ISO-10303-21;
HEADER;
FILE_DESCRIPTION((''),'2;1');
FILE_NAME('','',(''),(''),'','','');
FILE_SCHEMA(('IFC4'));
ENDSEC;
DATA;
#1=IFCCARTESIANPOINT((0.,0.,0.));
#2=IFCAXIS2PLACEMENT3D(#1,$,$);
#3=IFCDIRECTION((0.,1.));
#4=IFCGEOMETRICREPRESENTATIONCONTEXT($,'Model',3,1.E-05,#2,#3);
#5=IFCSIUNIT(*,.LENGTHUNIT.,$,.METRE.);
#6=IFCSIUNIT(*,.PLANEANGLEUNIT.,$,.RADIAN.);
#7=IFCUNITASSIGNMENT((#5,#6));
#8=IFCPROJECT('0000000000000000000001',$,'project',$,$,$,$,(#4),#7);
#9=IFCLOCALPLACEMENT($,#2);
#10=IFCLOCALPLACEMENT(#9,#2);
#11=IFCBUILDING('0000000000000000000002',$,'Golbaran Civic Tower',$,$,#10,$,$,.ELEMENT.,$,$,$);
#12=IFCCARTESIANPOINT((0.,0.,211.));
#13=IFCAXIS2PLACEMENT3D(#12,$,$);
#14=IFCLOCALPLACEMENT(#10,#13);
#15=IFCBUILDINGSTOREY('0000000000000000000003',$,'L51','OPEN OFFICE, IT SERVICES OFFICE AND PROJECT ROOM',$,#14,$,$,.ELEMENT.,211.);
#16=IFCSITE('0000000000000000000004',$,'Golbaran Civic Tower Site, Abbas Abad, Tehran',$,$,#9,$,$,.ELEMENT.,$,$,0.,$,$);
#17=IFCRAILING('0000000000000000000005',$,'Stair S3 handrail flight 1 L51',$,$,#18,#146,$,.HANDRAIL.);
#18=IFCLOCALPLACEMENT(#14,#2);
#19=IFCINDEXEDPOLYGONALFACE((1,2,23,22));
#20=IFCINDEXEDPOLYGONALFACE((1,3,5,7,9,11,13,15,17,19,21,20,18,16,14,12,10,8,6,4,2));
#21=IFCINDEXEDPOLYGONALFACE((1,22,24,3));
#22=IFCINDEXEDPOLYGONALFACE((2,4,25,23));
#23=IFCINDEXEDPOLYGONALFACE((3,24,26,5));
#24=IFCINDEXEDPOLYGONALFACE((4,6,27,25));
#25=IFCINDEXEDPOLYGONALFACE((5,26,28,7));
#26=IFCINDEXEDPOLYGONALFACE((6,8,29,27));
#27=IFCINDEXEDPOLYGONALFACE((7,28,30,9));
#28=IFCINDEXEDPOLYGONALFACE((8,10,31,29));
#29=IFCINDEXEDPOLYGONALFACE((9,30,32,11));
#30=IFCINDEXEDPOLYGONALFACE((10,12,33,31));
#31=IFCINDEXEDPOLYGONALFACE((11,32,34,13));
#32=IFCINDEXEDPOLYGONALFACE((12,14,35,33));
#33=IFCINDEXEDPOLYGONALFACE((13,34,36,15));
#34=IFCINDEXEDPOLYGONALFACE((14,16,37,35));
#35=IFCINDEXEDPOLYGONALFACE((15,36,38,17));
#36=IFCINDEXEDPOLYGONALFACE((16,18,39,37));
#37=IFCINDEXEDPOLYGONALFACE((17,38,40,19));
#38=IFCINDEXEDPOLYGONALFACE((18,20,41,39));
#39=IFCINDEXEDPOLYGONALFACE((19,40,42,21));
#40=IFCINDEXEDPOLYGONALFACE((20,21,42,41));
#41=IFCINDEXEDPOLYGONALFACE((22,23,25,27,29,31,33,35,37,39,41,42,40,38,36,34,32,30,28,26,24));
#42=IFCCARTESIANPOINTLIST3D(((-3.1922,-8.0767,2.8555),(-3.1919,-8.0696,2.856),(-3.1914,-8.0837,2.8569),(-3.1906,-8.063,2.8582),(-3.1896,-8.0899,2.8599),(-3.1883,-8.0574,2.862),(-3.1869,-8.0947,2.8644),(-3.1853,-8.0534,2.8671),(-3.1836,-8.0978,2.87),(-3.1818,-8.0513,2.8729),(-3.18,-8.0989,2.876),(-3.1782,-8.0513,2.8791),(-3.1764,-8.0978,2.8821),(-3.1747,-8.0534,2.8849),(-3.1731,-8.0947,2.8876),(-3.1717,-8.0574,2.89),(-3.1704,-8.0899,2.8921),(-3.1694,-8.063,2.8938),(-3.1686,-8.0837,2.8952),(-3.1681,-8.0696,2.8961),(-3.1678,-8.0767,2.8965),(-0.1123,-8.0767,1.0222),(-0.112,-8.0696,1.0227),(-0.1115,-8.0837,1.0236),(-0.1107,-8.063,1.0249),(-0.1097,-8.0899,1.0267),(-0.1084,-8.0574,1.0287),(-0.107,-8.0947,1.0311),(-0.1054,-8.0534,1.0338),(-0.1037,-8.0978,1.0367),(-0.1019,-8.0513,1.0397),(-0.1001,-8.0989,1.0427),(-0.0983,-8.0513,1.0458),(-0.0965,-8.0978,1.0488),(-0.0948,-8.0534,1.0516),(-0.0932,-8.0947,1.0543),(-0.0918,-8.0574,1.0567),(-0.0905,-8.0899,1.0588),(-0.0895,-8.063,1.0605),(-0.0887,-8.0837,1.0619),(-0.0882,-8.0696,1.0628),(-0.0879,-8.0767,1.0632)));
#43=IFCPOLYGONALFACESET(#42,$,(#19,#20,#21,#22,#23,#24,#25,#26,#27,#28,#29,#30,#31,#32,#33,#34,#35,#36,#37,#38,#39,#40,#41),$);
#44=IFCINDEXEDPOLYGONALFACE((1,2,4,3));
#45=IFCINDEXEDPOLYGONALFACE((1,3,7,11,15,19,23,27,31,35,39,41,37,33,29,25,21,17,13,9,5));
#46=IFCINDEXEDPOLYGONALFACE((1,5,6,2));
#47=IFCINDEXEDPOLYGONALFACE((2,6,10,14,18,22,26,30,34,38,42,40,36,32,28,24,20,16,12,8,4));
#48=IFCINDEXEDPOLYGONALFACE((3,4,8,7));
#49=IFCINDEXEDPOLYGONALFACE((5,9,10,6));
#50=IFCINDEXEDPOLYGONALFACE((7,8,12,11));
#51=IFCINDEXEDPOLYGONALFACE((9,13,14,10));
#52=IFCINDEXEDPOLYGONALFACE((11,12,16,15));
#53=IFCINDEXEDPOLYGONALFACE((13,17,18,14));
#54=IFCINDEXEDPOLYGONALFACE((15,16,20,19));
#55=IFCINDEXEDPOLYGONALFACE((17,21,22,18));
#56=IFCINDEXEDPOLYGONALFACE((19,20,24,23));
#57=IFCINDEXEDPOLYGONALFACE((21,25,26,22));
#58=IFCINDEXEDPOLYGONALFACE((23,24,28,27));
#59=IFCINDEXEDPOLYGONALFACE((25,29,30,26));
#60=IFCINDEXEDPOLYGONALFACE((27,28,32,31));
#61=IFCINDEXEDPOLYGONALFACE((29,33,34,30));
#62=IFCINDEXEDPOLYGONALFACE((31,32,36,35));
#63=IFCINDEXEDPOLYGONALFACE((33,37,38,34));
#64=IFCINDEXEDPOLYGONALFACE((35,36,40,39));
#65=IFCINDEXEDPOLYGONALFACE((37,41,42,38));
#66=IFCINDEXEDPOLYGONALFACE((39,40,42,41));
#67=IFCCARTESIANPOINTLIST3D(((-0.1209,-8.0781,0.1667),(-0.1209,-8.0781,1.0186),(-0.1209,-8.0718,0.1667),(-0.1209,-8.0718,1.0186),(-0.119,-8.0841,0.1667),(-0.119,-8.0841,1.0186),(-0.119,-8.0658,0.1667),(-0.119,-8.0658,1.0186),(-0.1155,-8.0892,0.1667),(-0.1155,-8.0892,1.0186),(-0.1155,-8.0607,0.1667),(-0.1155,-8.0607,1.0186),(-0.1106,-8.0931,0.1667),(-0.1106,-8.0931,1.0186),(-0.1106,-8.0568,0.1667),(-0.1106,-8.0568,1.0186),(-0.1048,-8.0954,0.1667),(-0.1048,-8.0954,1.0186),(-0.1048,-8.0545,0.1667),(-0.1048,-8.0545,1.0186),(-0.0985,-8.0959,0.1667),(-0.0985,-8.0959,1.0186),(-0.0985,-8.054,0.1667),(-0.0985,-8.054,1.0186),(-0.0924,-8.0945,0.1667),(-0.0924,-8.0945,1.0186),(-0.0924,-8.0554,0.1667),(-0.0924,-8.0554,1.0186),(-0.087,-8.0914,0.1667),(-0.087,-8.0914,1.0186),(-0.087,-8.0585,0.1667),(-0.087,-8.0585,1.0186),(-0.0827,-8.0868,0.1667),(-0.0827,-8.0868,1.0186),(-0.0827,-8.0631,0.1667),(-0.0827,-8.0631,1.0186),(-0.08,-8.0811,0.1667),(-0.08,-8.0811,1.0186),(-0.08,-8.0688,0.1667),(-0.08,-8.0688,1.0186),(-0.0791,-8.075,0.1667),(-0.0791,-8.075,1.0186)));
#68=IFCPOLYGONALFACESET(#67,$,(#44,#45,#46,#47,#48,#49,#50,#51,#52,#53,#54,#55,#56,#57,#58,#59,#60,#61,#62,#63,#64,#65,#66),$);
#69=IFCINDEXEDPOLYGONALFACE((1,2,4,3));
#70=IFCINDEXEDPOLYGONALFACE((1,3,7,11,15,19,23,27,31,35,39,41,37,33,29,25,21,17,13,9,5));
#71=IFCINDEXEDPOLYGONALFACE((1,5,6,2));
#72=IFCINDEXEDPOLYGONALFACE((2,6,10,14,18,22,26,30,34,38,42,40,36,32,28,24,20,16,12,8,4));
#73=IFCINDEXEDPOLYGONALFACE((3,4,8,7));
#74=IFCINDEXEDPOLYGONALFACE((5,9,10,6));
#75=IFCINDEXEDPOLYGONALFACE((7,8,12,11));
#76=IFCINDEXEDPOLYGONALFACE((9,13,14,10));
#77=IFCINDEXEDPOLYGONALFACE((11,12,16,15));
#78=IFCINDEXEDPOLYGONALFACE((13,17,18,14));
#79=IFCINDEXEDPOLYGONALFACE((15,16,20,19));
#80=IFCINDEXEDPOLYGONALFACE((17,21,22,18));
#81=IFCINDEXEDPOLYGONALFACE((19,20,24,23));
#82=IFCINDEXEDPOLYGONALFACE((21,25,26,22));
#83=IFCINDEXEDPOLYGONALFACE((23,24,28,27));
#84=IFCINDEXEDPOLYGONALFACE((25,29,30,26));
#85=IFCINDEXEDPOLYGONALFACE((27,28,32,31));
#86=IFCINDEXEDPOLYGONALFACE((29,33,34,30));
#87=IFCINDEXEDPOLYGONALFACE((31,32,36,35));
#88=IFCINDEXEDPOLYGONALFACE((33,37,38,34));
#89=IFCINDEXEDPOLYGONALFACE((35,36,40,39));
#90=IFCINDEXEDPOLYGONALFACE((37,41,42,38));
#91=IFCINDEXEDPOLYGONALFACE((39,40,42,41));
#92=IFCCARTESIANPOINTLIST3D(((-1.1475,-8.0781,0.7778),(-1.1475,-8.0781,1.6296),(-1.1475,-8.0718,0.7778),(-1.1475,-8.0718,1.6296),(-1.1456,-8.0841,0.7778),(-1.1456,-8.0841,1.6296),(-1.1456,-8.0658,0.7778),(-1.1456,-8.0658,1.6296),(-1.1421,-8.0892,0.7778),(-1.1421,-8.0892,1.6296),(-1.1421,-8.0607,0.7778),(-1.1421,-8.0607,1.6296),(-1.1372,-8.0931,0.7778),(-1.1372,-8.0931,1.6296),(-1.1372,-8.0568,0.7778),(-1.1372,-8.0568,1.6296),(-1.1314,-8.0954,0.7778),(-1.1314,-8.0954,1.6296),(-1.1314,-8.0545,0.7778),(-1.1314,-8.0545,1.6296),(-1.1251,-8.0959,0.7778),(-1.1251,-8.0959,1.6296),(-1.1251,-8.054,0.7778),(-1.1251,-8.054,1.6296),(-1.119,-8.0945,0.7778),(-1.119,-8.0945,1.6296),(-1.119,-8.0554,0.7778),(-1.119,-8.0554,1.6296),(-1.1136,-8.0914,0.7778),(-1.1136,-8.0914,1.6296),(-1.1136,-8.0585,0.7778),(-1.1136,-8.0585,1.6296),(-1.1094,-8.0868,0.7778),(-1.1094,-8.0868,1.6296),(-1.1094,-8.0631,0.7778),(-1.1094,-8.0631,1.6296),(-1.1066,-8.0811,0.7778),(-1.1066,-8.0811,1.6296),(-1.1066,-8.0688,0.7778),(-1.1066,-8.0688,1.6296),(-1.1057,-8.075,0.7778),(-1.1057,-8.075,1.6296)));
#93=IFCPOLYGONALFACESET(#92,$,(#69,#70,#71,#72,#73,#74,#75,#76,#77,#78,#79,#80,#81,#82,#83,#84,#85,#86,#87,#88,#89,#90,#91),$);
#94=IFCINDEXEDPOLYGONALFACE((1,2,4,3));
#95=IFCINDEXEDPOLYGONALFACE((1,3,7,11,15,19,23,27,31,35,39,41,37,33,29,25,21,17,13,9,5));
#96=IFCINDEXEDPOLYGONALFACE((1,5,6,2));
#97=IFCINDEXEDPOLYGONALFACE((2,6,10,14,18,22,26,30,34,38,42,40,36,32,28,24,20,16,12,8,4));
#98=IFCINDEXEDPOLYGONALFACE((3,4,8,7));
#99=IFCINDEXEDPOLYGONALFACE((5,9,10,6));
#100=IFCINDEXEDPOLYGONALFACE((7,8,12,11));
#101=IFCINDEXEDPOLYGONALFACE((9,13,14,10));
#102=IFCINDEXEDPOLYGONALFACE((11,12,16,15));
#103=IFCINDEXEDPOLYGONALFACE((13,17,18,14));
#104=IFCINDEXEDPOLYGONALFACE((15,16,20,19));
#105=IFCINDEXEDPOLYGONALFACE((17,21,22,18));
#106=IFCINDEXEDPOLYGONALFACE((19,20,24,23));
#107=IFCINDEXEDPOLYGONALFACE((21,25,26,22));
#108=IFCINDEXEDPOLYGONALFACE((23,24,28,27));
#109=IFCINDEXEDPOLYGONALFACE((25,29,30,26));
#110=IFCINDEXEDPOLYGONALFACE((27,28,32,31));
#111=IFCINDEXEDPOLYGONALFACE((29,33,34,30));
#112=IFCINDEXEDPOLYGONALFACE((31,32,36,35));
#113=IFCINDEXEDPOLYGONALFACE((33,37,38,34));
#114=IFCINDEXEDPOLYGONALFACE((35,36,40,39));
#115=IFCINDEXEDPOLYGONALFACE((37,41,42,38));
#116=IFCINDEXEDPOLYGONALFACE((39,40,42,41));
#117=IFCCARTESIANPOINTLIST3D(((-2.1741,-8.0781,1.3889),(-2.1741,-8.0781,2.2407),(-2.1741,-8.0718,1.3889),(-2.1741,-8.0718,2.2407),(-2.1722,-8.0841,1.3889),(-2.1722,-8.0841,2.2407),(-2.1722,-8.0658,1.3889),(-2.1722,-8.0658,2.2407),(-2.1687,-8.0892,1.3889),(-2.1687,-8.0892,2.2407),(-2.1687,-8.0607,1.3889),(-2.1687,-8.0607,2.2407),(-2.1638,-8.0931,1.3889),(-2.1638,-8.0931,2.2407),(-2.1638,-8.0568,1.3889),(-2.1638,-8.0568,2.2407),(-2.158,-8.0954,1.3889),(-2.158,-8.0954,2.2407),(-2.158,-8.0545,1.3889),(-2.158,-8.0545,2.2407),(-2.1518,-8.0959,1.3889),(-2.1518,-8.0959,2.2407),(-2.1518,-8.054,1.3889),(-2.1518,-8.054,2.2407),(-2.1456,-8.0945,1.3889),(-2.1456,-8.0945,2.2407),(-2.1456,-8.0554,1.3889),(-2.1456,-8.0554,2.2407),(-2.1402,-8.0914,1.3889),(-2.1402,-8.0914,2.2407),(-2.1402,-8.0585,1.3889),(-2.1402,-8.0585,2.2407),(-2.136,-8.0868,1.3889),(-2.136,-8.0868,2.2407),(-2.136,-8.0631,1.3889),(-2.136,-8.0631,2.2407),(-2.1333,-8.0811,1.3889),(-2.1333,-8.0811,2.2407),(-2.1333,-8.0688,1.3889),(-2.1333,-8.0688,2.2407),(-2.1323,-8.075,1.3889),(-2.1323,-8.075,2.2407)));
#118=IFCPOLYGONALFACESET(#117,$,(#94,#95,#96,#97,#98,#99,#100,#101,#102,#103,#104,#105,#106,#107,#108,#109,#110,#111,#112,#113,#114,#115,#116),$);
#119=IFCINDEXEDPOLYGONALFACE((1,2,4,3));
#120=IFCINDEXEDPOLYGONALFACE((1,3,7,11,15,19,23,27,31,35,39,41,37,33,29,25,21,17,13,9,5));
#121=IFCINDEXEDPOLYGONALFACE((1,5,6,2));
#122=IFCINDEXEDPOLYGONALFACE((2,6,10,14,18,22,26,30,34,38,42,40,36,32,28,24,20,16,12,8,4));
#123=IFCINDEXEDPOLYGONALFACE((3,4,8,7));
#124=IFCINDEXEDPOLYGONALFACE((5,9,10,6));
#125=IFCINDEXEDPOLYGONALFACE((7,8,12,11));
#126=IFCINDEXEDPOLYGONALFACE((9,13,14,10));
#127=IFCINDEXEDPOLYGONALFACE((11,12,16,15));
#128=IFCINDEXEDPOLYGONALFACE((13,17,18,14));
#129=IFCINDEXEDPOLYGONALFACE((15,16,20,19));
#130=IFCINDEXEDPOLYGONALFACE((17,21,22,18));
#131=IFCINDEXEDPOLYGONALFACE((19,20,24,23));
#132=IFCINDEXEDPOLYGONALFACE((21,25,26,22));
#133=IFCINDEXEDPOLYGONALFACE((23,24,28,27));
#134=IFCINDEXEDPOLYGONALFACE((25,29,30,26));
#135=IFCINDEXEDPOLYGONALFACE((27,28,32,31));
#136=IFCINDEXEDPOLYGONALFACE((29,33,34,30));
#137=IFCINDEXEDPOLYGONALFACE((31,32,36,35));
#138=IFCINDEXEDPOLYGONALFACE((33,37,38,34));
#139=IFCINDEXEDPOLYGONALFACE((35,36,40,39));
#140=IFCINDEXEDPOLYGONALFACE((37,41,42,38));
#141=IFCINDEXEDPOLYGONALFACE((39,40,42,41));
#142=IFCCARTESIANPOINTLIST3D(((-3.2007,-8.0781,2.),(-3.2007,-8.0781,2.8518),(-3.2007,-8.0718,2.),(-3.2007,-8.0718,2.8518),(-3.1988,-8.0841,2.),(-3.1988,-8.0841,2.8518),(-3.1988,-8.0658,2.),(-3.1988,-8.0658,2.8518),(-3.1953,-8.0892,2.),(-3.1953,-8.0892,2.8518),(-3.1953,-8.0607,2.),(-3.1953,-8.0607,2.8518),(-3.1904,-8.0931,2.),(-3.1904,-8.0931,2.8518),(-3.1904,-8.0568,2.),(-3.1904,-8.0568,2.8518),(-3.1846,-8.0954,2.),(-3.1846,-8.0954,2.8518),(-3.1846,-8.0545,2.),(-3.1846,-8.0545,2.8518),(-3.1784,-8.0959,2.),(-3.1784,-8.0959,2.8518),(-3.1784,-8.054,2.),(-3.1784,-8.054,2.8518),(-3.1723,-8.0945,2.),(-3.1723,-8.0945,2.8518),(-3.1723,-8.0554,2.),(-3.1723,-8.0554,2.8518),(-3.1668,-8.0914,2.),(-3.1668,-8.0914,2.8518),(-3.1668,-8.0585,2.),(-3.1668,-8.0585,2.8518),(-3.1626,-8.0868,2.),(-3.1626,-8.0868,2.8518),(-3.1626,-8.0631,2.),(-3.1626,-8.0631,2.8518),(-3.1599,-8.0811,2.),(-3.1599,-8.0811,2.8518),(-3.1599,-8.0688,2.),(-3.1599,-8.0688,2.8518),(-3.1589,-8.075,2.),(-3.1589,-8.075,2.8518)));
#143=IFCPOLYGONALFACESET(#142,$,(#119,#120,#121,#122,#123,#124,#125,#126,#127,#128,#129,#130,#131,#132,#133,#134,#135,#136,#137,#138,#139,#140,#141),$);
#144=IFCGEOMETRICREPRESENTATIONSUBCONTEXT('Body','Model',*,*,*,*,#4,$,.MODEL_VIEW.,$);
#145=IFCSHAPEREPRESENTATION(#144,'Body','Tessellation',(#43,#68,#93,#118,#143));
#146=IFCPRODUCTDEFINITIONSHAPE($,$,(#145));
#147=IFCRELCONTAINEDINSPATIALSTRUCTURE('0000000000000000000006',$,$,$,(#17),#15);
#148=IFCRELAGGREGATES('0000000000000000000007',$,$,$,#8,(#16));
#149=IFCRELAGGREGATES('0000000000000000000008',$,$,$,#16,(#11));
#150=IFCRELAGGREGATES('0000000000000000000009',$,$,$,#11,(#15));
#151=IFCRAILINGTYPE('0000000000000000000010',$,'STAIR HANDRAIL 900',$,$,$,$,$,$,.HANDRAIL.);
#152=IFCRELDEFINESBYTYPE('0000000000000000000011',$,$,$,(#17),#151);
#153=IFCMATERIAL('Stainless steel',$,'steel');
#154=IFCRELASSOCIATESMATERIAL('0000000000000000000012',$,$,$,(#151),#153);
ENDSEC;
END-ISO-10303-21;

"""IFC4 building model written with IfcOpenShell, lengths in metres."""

from ifc_helpers import new_model, si_unit, direction, frame, origin, origin_2d, place, context, subcontext, project, spatial, circle, extrude, material, type_object, element, save


model = new_model("IFC4")

# Units and contexts
model_context = context("Model", 3, precision=1e-05, world=origin(), true_north=direction((0.0, 1.0)))
body_context = subcontext(model_context, "Body", "Model", "MODEL_VIEW")
ifc_project = project(units=[si_unit("LENGTHUNIT", "METRE"), si_unit("PLANEANGLEUNIT", "RADIAN")], contexts=[model_context])

# Site, building, storey
site_placement = place(None, origin())
site = spatial("IfcSite", under=ifc_project, at=site_placement, Name="Golbaran Civic Tower Site, Abbas Abad, Tehran", CompositionType="ELEMENT", RefElevation=0.0)
building_placement = place(site_placement, origin())
building = spatial("IfcBuilding", under=site, at=building_placement, Name="Golbaran Civic Tower", CompositionType="ELEMENT")
storey_placement = place(building_placement, frame((0.0, 0.0, 211.0)))
storey = spatial("IfcBuildingStorey", under=building, at=storey_placement, Name="L51", Description="OPEN OFFICE, IT SERVICES OFFICE AND PROJECT ROOM", CompositionType="ELEMENT", Elevation=211.0)

# Shared definitions
ifc_material_1 = material(Name="Stainless steel", Category="steel")

# Railing
railing_type = type_object("IfcRailingType", Name="STAIR HANDRAIL 900", PredefinedType="HANDRAIL", material=ifc_material_1)
railing_1_placement = place(storey_placement, frame((-0.1001, -8.075, 0.1667)))
element("IfcRailing", 1, at=railing_1_placement, inside=storey, type_object=railing_type, Name="Stair S3 handrail flight 1 L51", PredefinedType="HANDRAIL", context=body_context, shape_type="SweptSolid", body=[
    extrude(circle(Radius=0.0239, at=origin_2d()), frame((0.0, 0.0, 0.876), z_axis=(-0.859291, 0.0, 0.511487), x_axis=(0.0, -1.0, 0.0)), (0.0, 0.0, 1.0), 3.5842),
    extrude(circle(Radius=0.021, at=origin_2d()), origin(), (0.0, 0.0, 1.0), 0.8518),
    extrude(circle(Radius=0.021, at=origin_2d()), frame((-1.0266, 0.0, 0.6111)), (0.0, 0.0, 1.0), 0.8518),
    extrude(circle(Radius=0.021, at=origin_2d()), frame((-2.0532, 0.0, 1.2222)), (0.0, 0.0, 1.0), 0.8518),
    extrude(circle(Radius=0.021, at=origin_2d()), frame((-3.0798, 0.0, 1.8333)), (0.0, 0.0, 1.0), 0.8518),
])

save(model, "model.ifc")
